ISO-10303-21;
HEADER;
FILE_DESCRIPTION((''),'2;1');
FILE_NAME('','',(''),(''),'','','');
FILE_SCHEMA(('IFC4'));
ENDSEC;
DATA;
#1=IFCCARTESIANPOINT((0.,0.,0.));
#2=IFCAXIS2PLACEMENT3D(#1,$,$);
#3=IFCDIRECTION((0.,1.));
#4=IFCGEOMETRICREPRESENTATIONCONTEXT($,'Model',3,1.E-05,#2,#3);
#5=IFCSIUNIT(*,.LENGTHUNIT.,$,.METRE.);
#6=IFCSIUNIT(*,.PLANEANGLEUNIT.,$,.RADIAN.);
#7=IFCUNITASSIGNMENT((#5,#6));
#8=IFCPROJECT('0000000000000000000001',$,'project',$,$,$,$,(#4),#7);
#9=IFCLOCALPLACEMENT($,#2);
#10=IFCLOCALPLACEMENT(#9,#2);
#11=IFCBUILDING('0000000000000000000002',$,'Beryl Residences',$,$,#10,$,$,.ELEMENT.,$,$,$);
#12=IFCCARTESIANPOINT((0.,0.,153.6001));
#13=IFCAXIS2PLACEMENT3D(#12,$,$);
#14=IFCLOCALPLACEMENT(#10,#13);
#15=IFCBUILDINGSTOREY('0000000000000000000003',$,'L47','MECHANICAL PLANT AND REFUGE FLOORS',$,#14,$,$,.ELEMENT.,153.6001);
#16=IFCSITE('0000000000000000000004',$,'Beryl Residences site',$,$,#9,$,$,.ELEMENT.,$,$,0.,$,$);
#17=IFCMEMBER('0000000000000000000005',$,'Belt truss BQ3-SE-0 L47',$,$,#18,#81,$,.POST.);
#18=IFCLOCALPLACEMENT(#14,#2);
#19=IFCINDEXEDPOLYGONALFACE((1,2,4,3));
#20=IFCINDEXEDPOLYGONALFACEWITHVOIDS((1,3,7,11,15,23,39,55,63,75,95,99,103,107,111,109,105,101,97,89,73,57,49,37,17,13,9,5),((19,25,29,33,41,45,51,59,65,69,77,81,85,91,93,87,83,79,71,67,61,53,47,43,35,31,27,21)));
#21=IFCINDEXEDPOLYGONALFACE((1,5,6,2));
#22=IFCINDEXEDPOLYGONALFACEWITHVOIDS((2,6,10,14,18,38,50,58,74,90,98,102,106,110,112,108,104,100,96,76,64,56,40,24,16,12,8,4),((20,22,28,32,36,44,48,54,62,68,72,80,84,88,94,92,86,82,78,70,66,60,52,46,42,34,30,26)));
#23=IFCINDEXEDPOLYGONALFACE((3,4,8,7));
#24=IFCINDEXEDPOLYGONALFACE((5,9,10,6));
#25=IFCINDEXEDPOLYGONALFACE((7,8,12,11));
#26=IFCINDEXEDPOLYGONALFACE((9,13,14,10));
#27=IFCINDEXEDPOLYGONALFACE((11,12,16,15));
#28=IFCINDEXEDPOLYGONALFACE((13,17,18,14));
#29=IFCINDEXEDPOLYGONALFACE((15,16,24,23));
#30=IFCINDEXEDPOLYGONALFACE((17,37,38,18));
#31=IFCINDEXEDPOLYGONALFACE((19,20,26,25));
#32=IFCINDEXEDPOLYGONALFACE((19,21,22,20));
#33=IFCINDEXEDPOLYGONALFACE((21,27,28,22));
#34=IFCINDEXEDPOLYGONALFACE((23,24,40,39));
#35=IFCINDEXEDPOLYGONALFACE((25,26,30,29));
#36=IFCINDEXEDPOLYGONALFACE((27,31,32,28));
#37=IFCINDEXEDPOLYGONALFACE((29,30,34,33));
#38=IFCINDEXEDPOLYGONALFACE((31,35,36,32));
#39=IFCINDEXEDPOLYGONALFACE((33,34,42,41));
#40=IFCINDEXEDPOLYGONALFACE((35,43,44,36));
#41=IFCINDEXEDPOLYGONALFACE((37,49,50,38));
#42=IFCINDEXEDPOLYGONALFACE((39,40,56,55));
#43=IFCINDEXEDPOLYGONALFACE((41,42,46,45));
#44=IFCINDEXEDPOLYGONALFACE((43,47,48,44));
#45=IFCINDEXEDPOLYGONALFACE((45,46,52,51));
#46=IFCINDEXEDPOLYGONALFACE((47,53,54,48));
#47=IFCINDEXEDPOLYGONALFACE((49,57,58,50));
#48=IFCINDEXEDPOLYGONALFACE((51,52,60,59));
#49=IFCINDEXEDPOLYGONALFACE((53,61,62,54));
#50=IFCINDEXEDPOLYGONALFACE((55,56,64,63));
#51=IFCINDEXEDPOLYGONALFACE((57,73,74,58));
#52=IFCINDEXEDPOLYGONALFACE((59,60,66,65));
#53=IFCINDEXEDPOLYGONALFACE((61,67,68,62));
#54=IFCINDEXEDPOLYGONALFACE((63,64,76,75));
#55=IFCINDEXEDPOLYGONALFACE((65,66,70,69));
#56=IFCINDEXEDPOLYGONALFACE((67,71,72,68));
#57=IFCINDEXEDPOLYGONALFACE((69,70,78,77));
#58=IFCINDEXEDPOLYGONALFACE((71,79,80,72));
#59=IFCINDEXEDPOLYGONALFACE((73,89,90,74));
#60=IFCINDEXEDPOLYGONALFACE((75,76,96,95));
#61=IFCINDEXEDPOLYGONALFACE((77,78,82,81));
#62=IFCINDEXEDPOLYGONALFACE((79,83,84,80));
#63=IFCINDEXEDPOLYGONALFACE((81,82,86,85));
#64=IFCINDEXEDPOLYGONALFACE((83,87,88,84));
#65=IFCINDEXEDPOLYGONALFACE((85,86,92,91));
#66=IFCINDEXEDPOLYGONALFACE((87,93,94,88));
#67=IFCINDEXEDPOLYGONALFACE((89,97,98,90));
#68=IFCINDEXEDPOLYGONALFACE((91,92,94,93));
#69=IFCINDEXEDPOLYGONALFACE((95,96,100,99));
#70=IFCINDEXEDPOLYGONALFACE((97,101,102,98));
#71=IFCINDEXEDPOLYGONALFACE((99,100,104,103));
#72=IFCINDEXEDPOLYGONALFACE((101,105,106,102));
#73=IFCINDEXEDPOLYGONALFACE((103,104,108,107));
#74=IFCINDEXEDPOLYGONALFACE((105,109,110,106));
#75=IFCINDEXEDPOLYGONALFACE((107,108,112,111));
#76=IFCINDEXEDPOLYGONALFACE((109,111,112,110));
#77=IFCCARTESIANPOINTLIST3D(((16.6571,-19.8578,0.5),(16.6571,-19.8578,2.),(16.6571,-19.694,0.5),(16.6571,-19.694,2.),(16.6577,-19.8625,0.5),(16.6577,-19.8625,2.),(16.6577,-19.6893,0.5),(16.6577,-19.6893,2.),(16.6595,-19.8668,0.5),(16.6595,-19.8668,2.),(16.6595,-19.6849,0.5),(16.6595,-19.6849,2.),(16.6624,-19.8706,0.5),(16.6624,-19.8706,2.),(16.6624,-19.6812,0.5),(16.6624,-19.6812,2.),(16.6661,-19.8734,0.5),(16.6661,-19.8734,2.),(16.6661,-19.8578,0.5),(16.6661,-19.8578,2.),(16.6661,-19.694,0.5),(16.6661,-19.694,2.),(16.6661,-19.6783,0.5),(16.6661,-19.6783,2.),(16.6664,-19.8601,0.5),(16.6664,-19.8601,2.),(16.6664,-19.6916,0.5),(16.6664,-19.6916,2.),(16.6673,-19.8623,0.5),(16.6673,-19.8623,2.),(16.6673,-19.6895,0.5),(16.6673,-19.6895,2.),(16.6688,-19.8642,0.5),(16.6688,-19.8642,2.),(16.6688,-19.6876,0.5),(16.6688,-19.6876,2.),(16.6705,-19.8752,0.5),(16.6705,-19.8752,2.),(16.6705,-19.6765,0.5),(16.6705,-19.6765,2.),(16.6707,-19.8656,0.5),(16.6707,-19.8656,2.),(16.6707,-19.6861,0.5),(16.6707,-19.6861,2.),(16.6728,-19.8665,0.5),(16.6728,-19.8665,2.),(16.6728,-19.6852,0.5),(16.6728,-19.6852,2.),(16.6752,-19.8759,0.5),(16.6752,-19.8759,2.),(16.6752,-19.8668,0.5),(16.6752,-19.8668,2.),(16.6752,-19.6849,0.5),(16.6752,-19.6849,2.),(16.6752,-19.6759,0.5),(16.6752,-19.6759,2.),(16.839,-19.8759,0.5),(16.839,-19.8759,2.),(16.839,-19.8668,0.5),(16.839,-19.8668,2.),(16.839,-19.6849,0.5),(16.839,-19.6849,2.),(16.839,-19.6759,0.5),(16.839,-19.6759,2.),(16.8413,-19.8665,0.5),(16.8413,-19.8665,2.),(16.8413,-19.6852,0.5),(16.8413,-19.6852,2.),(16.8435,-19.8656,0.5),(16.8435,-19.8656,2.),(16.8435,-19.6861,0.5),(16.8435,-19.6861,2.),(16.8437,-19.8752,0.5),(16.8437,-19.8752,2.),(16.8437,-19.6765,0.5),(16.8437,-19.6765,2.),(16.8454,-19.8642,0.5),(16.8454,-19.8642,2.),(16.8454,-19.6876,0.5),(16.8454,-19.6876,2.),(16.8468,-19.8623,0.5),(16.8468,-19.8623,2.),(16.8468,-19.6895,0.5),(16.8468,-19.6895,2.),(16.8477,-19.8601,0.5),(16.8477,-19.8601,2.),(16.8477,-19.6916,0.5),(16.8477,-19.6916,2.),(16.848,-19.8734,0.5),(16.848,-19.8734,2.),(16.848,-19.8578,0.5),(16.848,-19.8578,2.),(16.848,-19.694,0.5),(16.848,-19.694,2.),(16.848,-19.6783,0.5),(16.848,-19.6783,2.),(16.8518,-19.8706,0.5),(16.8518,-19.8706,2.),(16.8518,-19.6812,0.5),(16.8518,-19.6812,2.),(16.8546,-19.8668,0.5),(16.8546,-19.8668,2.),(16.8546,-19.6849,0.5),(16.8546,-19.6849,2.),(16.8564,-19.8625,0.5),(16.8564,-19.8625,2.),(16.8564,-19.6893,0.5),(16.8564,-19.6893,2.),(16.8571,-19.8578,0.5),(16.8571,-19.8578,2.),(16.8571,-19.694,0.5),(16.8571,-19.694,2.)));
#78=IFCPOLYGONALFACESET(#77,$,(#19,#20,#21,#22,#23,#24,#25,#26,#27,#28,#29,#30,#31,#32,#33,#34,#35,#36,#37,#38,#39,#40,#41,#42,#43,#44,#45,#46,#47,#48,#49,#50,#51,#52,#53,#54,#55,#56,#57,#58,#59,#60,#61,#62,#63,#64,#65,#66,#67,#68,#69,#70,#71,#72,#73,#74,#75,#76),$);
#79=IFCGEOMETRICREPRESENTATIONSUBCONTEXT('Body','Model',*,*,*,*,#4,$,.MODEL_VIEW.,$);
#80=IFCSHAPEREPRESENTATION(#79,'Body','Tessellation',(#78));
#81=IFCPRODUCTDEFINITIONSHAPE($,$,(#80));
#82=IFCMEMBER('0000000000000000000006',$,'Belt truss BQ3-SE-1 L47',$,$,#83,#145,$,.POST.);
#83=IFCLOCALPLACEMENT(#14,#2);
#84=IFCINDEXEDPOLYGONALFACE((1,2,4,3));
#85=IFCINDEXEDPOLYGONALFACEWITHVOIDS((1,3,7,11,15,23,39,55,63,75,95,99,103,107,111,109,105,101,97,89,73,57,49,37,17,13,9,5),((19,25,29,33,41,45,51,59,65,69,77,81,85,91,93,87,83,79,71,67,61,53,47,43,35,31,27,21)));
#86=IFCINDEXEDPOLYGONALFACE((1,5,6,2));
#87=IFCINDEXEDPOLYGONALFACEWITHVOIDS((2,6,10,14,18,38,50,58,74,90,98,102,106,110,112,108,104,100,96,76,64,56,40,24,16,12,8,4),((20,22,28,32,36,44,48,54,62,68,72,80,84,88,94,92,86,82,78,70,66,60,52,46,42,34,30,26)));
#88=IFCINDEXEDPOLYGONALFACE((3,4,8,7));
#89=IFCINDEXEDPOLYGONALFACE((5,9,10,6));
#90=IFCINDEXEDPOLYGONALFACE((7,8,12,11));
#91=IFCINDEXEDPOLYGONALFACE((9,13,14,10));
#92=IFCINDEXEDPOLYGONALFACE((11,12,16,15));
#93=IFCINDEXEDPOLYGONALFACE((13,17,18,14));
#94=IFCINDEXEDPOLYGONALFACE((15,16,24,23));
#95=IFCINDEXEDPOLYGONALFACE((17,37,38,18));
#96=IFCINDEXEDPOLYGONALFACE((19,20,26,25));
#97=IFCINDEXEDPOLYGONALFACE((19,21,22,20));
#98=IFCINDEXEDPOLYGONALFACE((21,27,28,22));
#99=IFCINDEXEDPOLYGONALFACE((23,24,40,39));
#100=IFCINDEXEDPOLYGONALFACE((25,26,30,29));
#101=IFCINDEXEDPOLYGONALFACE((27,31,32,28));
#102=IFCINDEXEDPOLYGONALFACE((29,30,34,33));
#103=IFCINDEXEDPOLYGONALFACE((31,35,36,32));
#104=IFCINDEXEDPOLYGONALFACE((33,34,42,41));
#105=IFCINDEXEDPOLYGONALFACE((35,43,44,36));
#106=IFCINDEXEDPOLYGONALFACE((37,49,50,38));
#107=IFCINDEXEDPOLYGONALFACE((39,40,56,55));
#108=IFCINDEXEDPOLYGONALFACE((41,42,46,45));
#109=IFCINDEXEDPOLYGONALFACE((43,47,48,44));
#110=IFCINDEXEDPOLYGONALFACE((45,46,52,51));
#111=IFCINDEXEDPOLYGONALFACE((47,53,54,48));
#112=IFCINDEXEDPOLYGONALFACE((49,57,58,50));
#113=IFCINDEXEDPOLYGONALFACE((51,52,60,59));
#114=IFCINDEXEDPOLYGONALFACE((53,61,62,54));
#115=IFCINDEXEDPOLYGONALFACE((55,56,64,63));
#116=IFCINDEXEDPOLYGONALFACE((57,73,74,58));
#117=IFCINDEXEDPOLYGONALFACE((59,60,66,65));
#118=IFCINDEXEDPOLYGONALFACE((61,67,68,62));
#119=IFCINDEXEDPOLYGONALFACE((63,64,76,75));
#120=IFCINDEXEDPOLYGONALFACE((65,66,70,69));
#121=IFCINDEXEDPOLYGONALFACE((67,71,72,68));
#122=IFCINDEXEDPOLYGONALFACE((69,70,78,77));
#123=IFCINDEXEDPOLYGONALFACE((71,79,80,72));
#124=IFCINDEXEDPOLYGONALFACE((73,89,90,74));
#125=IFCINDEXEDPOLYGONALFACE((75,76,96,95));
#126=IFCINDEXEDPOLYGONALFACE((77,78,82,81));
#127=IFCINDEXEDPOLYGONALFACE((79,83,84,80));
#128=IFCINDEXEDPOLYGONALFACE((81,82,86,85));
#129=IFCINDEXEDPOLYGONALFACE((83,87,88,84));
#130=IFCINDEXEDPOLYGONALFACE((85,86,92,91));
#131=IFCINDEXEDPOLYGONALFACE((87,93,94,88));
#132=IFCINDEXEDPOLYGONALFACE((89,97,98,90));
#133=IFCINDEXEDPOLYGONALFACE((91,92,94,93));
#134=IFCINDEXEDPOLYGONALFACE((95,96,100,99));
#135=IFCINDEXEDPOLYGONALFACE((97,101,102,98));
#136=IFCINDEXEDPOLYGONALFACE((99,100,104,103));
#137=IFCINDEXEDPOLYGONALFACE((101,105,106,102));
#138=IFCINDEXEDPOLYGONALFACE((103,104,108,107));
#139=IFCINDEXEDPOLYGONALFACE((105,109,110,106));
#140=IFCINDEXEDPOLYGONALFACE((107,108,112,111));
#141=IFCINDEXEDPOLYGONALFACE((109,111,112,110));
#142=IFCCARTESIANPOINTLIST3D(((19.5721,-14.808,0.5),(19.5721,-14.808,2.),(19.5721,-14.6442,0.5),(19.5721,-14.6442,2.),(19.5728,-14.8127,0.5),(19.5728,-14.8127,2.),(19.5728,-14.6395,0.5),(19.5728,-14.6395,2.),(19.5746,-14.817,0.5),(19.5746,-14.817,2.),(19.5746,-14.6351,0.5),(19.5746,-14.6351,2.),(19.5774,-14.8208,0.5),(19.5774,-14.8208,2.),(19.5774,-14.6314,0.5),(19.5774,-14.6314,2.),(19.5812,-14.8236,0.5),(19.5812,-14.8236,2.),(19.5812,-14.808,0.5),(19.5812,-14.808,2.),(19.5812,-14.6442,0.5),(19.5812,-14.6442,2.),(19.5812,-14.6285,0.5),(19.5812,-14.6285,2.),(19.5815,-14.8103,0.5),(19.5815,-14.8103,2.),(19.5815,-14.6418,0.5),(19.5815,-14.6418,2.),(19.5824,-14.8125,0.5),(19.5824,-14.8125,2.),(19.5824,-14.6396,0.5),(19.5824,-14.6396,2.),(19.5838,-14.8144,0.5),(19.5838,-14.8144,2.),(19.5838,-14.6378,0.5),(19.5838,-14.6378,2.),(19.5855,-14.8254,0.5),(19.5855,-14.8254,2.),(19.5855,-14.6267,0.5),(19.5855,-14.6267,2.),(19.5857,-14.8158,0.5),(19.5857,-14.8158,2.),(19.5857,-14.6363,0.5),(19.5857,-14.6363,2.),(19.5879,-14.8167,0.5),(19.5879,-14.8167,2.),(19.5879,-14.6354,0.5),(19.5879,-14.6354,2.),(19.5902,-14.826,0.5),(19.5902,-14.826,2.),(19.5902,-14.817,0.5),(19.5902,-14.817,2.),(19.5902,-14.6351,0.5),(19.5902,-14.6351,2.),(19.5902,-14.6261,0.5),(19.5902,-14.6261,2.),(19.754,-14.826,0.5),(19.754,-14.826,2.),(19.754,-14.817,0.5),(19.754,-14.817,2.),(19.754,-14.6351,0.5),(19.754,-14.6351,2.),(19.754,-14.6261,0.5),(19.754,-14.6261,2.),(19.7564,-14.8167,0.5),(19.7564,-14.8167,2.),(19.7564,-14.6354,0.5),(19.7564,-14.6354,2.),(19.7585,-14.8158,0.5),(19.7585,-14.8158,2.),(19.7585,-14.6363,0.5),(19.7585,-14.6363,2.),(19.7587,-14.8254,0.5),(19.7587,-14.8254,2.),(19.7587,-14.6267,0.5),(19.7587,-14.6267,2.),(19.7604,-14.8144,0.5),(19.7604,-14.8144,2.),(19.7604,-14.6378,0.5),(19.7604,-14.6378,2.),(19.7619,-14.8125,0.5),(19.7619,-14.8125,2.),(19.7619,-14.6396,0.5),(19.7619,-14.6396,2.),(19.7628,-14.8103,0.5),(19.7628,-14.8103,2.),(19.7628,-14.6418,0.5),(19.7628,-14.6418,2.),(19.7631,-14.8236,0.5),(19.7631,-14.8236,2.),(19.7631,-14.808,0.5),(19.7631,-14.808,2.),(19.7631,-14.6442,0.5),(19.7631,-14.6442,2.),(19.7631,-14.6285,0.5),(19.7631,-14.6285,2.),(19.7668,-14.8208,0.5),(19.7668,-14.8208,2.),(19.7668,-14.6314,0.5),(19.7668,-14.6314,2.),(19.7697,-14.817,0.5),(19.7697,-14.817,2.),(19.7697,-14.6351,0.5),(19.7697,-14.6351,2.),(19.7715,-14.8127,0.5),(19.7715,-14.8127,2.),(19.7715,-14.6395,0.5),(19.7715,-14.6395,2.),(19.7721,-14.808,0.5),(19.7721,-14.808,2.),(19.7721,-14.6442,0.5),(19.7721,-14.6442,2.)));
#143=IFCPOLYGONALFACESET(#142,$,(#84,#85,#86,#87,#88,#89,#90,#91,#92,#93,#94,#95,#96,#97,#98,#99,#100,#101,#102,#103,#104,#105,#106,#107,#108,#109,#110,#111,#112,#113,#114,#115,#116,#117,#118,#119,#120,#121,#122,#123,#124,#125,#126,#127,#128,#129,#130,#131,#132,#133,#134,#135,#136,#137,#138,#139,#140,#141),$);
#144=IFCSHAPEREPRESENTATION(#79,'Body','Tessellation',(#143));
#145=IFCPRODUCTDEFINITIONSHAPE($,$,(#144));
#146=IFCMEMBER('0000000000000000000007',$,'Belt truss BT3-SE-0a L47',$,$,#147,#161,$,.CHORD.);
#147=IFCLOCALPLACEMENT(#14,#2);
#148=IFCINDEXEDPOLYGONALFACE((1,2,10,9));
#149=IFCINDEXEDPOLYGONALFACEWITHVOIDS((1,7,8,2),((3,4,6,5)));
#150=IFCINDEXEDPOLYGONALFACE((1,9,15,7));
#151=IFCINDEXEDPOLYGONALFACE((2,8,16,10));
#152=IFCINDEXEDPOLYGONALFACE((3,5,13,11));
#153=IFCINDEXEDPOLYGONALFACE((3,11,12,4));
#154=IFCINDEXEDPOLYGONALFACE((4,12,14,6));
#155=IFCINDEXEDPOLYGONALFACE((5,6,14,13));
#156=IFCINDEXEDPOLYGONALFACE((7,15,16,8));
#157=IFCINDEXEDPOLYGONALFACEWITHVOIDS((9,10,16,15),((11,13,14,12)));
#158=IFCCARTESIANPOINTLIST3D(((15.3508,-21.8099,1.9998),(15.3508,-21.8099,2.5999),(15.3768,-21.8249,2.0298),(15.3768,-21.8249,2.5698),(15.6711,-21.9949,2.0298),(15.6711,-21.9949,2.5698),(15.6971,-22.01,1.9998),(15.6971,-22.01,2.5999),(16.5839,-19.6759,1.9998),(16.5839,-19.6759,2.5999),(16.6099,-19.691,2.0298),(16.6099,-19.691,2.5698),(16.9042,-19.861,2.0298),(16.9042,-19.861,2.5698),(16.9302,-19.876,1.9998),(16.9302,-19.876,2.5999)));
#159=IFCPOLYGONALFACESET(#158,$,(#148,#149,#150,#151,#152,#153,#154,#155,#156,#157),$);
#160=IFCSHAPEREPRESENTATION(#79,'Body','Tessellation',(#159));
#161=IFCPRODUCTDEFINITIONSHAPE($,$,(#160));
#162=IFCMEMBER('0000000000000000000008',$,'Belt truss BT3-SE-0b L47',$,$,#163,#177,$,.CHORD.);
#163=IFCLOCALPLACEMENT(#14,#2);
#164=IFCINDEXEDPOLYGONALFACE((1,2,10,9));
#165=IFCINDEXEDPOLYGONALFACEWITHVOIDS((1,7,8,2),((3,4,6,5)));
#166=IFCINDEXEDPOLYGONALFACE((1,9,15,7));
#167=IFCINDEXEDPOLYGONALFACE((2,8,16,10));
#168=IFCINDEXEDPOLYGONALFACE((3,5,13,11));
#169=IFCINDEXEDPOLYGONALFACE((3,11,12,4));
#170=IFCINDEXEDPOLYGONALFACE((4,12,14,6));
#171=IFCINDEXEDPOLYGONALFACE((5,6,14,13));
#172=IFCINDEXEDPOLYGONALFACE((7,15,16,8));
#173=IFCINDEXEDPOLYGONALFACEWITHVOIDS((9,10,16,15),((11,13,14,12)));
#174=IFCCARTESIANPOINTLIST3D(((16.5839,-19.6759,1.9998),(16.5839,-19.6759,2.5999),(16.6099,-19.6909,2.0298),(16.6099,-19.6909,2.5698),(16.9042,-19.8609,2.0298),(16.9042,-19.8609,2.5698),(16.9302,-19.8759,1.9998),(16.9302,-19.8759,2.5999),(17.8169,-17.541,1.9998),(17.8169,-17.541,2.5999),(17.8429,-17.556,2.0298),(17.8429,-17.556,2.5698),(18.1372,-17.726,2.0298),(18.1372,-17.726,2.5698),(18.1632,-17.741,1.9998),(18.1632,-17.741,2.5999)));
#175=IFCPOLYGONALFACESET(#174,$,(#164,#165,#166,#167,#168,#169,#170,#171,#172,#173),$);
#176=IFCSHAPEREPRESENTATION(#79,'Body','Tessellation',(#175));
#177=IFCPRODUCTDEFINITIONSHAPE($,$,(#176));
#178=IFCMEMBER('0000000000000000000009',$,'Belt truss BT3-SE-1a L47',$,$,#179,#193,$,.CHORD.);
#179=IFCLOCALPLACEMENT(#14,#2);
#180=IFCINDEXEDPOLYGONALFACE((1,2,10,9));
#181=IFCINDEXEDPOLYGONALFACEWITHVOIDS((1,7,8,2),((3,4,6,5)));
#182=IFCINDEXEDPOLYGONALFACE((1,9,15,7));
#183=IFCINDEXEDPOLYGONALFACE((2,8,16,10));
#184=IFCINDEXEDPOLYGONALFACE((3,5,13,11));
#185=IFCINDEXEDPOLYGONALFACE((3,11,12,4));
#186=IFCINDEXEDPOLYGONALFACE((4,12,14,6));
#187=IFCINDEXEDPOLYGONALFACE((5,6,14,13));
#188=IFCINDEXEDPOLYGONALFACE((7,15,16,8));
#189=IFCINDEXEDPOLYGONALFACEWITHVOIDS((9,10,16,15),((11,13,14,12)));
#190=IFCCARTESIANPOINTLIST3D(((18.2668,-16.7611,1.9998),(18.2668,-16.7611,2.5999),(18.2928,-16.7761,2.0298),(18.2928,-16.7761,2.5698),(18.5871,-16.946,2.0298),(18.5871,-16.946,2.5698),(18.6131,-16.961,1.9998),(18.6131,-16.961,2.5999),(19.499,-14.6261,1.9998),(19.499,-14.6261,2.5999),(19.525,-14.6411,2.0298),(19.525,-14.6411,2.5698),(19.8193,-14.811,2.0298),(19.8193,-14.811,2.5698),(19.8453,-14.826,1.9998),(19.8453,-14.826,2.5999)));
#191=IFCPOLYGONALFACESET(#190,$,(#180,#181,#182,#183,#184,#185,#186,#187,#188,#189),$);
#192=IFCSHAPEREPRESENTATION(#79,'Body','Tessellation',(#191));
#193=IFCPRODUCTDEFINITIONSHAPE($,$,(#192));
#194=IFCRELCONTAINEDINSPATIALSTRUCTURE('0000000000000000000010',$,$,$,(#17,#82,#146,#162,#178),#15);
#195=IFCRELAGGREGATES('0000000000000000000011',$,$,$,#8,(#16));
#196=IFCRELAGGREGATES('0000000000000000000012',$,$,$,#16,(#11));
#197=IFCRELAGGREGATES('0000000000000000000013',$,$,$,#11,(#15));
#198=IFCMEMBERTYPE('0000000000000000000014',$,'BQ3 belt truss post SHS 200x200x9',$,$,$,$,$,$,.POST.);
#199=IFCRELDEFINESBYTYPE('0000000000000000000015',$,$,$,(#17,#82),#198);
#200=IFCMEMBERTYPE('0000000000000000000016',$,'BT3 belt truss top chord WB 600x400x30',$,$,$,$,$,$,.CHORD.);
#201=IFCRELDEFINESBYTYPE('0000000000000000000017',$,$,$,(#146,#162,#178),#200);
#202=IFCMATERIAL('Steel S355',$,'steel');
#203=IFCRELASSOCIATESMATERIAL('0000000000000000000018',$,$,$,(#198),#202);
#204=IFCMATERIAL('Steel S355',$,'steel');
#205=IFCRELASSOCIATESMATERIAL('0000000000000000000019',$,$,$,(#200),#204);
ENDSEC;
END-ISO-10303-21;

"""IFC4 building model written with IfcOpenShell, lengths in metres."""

from ifc_helpers import new_model, si_unit, direction, frame, origin, origin_2d, place, context, subcontext, project, spatial, hollow_rectangle, extrude, material, material_profile, profile_set, type_object, element, save


model = new_model("IFC4")

# Units and contexts
model_context = context("Model", 3, precision=1e-05, world=origin(), true_north=direction((0.0, 1.0)))
body_context = subcontext(model_context, "Body", "Model", "MODEL_VIEW")
ifc_project = project(units=[si_unit("LENGTHUNIT", "METRE"), si_unit("PLANEANGLEUNIT", "RADIAN")], contexts=[model_context])

# Site, building, storey
site_placement = place(None, origin())
site = spatial("IfcSite", under=ifc_project, at=site_placement, Name="Beryl Residences site", CompositionType="ELEMENT", RefElevation=0.0)
building_placement = place(site_placement, origin())
building = spatial("IfcBuilding", under=site, at=building_placement, Name="Beryl Residences", CompositionType="ELEMENT")
storey_placement = place(building_placement, frame((0.0, 0.0, 153.6001)))
storey = spatial("IfcBuildingStorey", under=building, at=storey_placement, Name="L47", Description="MECHANICAL PLANT AND REFUGE FLOORS", CompositionType="ELEMENT", Elevation=153.6001)

# Members
ifc_material_1 = material(Name="Steel S355", Category="steel")
ifc_material_profile_1 = material_profile(ifc_material_1, hollow_rectangle(XDim=0.2, YDim=0.2, WallThickness=0.009, InnerFilletRadius=0.009, OuterFilletRadius=0.0181, at=origin_2d()))
ifc_profile_set_1 = profile_set([ifc_material_profile_1], Name="Steel S355")
member_type_1 = type_object("IfcMemberType", Name="BQ3 belt truss post SHS 200x200x9", PredefinedType="POST", material=ifc_profile_set_1)
for number, where, z_axis, x_axis, name in (
    (1, (16.7571, -19.7759, 0.5), (0.0, 0.0, 1.0), (1.0, 0.0, 0.0), "Belt truss BQ3-SE-0 L47"),
    (2, (19.6721, -14.7261, 0.5), (0.0, 0.0, 1.0), (1.0, 0.0, 0.0), "Belt truss BQ3-SE-1 L47"),
):
    element("IfcMember", number, at=place(storey_placement, frame(where, z_axis=z_axis, x_axis=x_axis)), inside=storey, type_object=member_type_1, Name=name, PredefinedType="POST", context=body_context, shape_type="SweptSolid", body=[
        extrude(hollow_rectangle(XDim=0.2, YDim=0.2, WallThickness=0.009, InnerFilletRadius=0.009, OuterFilletRadius=0.0181, at=origin_2d()), origin(), (0.0, 0.0, 1.0), 1.5),
    ])
ifc_material_2 = material(Name="Steel S355", Category="steel")
ifc_material_profile_2 = material_profile(ifc_material_2, hollow_rectangle(XDim=0.3999, YDim=0.6001, WallThickness=0.03, at=origin_2d()))
ifc_profile_set_2 = profile_set([ifc_material_profile_2], Name="Steel S355")
member_type_2 = type_object("IfcMemberType", Name="BT3 belt truss top chord WB 600x400x30", PredefinedType="CHORD", material=ifc_profile_set_2)
member_1_placement = place(storey_placement, frame((15.5239, -21.9099, 2.2998), z_axis=(0.500325, 0.865837, 0.0), x_axis=(-0.865837, 0.500325, 0.0)))
element("IfcMember", 3, at=member_1_placement, inside=storey, type_object=member_type_2, Name="Belt truss BT3-SE-0a L47", PredefinedType="CHORD", context=body_context, shape_type="SweptSolid", body=[
    extrude(hollow_rectangle(XDim=0.3999, YDim=0.6001, WallThickness=0.03, at=origin_2d()), origin(), (0.0, 0.0, 1.0), 2.4646),
])
member_2_placement = place(storey_placement, frame((16.7571, -19.7759, 2.2998), z_axis=(0.500122, 0.865955, 0.0), x_axis=(-0.865955, 0.500122, 0.0)))
element("IfcMember", 4, at=member_2_placement, inside=storey, type_object=member_type_2, Name="Belt truss BT3-SE-0b L47", PredefinedType="CHORD", context=body_context, shape_type="SweptSolid", body=[
    extrude(hollow_rectangle(XDim=0.3999, YDim=0.6001, WallThickness=0.03, at=origin_2d()), origin(), (0.0, 0.0, 1.0), 2.4653),
])
member_3_placement = place(storey_placement, frame((18.4399, -16.8611, 2.2998), z_axis=(0.499857, 0.866108, 0.0), x_axis=(-0.866108, 0.499857, 0.0)))
element("IfcMember", 5, at=member_3_placement, inside=storey, type_object=member_type_2, Name="Belt truss BT3-SE-1a L47", PredefinedType="CHORD", context=body_context, shape_type="SweptSolid", body=[
    extrude(hollow_rectangle(XDim=0.3999, YDim=0.6001, WallThickness=0.03, at=origin_2d()), origin(), (0.0, 0.0, 1.0), 2.4651),
])

save(model, "model.ifc")
